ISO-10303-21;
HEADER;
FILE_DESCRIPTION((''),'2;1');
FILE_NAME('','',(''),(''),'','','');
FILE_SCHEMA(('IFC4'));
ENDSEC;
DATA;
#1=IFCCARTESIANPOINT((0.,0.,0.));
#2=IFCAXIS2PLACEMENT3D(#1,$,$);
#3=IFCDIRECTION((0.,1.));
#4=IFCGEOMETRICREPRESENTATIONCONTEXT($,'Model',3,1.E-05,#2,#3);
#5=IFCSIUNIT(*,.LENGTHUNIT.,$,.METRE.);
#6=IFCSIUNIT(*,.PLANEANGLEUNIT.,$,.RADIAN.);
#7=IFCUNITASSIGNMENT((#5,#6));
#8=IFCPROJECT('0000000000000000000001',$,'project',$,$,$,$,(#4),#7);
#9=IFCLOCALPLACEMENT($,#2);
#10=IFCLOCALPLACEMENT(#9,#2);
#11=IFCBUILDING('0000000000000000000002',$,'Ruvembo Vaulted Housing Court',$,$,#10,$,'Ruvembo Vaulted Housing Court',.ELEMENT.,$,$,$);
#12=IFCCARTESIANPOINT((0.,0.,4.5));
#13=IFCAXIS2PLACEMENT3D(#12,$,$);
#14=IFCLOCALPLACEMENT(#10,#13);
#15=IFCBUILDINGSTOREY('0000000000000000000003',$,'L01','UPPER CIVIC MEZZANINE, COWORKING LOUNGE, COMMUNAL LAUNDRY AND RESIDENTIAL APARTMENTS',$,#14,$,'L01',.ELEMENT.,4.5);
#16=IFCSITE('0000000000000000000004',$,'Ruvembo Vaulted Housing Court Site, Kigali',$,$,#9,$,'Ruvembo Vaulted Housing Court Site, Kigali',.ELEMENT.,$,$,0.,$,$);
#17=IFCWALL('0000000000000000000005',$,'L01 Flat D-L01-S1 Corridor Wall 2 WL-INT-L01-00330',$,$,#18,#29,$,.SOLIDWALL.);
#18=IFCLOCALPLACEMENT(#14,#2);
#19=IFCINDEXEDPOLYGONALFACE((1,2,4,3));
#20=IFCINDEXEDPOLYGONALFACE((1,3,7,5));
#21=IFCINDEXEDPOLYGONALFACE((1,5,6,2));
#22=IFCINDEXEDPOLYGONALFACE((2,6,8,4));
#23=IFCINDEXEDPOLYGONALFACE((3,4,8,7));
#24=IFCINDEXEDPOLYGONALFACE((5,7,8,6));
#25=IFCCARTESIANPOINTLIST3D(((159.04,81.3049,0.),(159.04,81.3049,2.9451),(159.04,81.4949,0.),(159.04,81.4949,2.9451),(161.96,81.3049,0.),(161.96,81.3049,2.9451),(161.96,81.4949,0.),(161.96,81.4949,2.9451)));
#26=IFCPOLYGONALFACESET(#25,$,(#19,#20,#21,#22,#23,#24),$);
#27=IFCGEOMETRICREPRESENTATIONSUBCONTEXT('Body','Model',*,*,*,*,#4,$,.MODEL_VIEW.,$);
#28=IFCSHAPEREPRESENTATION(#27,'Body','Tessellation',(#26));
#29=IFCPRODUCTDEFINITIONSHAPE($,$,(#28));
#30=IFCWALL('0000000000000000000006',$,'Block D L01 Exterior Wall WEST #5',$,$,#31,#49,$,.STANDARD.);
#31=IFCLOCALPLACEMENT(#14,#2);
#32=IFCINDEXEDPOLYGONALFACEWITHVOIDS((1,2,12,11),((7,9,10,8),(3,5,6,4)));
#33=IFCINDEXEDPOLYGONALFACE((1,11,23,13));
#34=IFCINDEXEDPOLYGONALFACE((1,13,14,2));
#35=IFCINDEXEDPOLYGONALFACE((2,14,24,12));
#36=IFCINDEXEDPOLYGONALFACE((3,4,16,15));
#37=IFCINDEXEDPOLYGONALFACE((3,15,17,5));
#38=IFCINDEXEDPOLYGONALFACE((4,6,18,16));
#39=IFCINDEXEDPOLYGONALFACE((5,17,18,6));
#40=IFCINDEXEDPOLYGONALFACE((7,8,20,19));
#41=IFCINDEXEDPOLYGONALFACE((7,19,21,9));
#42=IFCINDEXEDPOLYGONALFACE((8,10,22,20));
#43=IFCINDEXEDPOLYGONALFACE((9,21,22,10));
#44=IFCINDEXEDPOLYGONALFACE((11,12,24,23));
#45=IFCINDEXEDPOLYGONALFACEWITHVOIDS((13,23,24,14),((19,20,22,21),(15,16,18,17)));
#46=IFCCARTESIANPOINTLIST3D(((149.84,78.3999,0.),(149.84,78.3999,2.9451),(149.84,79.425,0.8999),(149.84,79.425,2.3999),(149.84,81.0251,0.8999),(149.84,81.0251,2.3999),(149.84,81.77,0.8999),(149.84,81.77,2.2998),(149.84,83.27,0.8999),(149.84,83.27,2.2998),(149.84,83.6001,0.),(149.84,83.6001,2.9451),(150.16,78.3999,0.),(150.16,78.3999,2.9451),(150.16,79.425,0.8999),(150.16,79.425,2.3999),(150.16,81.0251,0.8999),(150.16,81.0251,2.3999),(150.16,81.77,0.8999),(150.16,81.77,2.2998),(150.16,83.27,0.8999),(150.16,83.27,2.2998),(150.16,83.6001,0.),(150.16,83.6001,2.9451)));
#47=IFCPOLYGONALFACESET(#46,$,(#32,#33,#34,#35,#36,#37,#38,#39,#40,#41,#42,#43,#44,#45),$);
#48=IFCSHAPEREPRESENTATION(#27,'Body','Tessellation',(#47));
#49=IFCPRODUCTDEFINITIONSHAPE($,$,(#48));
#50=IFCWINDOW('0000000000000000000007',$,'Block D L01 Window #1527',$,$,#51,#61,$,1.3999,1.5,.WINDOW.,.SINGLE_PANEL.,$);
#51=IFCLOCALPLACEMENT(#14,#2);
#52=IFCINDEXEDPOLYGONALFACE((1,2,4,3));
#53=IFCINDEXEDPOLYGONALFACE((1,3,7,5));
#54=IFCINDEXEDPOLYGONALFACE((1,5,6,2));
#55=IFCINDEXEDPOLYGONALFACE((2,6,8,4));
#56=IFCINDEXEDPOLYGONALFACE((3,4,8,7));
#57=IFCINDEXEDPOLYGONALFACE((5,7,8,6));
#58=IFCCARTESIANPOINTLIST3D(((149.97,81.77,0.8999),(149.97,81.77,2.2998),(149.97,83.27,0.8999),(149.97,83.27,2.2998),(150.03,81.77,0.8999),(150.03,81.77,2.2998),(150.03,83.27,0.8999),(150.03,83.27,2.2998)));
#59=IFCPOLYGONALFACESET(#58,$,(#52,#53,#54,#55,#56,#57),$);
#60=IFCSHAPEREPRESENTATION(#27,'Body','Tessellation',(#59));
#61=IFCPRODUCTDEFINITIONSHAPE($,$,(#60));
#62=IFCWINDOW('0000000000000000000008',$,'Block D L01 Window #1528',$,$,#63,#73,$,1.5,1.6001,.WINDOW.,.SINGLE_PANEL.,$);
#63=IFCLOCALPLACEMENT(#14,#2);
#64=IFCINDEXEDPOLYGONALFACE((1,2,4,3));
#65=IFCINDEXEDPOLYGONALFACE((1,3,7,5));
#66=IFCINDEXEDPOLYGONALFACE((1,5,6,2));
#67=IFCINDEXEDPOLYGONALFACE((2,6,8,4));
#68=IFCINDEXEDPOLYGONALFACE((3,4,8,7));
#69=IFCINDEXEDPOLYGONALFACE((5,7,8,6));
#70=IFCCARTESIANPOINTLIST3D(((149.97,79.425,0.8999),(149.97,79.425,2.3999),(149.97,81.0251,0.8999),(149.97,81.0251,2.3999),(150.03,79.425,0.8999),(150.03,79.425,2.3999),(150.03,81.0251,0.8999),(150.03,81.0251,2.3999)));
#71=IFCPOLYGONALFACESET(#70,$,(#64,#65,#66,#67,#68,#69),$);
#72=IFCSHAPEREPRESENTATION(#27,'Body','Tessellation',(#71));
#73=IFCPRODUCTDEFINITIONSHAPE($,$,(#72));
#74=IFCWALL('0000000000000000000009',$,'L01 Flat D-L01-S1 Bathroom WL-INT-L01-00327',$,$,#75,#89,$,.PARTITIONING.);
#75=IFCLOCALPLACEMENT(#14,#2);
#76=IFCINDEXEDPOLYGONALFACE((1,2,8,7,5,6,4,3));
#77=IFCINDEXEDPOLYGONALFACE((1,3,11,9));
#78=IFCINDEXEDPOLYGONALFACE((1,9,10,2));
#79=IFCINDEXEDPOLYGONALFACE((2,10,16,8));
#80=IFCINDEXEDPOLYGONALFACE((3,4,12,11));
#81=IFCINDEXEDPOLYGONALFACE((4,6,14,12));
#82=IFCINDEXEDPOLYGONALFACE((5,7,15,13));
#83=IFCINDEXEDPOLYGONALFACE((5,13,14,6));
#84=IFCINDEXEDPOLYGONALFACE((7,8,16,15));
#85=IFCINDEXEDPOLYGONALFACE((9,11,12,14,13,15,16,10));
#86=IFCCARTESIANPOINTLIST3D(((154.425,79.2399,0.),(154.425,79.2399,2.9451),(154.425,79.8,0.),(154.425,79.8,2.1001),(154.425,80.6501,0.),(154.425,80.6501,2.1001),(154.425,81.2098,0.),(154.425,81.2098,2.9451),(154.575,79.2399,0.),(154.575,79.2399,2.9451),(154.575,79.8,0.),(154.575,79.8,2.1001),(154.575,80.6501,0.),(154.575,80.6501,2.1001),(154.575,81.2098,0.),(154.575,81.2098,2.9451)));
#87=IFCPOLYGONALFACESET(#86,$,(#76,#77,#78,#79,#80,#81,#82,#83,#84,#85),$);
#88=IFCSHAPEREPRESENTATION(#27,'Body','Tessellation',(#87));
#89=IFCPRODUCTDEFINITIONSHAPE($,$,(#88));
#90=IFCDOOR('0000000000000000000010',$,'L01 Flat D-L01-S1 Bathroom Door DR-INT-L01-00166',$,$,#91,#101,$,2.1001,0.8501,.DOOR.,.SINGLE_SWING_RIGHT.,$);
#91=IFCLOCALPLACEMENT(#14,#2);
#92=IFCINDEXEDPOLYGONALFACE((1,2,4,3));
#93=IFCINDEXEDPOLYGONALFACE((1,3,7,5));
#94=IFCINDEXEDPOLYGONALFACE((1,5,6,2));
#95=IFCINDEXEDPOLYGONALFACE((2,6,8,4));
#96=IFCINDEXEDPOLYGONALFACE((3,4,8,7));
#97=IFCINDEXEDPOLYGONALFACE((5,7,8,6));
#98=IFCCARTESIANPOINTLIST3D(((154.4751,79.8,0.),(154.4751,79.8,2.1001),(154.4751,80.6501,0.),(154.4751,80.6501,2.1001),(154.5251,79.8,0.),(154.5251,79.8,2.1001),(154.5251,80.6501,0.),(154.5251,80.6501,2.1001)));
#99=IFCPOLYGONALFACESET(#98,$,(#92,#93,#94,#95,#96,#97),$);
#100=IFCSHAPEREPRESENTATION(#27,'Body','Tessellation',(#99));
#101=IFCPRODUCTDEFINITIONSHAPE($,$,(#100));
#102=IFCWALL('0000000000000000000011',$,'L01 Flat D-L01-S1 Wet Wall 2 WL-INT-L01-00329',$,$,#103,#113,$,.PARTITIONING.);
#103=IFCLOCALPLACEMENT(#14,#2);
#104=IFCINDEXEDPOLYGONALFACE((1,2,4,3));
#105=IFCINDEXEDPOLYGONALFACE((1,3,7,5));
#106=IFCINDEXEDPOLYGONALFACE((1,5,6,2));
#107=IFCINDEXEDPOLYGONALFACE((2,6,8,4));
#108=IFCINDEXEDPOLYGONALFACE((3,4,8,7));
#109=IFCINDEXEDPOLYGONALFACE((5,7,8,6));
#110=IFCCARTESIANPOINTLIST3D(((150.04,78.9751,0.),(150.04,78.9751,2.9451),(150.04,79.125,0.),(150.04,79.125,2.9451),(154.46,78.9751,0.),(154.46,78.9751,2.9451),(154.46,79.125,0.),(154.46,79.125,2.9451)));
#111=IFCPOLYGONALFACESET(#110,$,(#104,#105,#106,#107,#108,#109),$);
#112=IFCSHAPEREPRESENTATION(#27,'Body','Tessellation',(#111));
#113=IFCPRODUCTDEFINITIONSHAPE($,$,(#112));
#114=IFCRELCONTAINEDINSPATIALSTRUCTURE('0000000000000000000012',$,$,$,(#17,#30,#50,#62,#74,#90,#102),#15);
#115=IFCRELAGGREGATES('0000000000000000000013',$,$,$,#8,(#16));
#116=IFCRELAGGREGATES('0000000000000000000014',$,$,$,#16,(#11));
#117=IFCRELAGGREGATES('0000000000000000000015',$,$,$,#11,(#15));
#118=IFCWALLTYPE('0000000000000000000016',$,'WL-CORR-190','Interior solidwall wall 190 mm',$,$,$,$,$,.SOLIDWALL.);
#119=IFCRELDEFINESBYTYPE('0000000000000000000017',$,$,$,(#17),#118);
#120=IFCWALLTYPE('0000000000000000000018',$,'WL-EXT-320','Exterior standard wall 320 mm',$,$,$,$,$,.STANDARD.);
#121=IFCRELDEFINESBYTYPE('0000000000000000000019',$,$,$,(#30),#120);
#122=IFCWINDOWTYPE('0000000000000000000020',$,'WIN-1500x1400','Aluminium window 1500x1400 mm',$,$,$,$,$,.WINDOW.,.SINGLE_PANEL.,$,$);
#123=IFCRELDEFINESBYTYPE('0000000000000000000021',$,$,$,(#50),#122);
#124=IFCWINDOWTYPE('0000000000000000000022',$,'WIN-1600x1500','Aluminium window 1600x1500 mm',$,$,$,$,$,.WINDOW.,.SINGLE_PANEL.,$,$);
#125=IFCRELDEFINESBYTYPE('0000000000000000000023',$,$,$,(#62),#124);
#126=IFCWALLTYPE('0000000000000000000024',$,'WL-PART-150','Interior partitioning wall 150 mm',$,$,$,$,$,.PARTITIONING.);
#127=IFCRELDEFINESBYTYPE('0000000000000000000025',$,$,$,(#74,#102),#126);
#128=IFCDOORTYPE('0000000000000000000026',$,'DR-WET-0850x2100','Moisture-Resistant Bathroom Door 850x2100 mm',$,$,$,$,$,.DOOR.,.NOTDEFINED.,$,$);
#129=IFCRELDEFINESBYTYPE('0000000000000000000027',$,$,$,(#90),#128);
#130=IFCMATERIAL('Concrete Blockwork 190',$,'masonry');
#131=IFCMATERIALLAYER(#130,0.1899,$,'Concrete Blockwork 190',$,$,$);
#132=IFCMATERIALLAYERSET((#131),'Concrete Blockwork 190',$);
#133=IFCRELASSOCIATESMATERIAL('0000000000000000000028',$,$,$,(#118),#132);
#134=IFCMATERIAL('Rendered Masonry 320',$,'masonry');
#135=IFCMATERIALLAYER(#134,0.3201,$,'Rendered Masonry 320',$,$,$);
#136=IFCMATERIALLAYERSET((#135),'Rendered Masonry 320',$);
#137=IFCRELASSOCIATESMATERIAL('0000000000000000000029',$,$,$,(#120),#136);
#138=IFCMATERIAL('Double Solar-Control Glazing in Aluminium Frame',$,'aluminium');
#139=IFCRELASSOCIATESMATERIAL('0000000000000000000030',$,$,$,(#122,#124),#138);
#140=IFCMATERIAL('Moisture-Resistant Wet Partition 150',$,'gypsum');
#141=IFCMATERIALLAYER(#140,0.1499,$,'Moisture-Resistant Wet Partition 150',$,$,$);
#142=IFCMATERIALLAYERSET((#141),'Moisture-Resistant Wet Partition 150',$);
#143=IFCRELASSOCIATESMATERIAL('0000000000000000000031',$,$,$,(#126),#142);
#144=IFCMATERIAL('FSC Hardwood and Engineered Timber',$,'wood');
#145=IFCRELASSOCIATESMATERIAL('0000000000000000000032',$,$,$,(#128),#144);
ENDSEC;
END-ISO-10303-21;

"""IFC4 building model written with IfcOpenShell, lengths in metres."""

from ifc_helpers import new_model, si_unit, direction, frame, frame_2d, origin, place, context, subcontext, project, spatial, rectangle, extrude, material, layer, layer_set, type_object, element, fill, save


model = new_model("IFC4")

# Units and contexts
model_context = context("Model", 3, precision=1e-05, world=origin(), true_north=direction((0.0, 1.0)))
body_context = subcontext(model_context, "Body", "Model", "MODEL_VIEW")
ifc_project = project(units=[si_unit("LENGTHUNIT", "METRE"), si_unit("PLANEANGLEUNIT", "RADIAN")], contexts=[model_context])

# Site, building, storey
site_placement = place(None, origin())
site = spatial("IfcSite", under=ifc_project, at=site_placement, Name="Ruvembo Vaulted Housing Court Site, Kigali", LongName="Ruvembo Vaulted Housing Court Site, Kigali", CompositionType="ELEMENT", RefElevation=0.0)
building_placement = place(site_placement, origin())
building = spatial("IfcBuilding", under=site, at=building_placement, Name="Ruvembo Vaulted Housing Court", LongName="Ruvembo Vaulted Housing Court", CompositionType="ELEMENT")
storey_placement = place(building_placement, frame((0.0, 0.0, 4.5)))
storey = spatial("IfcBuildingStorey", under=building, at=storey_placement, Name="L01", Description="UPPER CIVIC MEZZANINE, COWORKING LOUNGE, COMMUNAL LAUNDRY AND RESIDENTIAL APARTMENTS", LongName="L01", CompositionType="ELEMENT", Elevation=4.5)

# Shared definitions
ifc_material_1 = material(Name="Concrete Blockwork 190", Category="masonry")
ifc_layer_1 = layer(ifc_material_1, 0.1899, Name="Concrete Blockwork 190")
ifc_layer_set_1 = layer_set([ifc_layer_1], Name="Concrete Blockwork 190")
wall_type_1 = type_object("IfcWallType", Name="WL-CORR-190", Description="Interior solidwall wall 190 mm", PredefinedType="SOLIDWALL", material=ifc_layer_set_1)

# Shared definitions
ifc_material_2 = material(Name="FSC Hardwood and Engineered Timber", Category="wood")

# Wall
wall_1_placement = place(storey_placement, frame((159.04, 81.3999, 0.0), z_axis=(0.0, 0.0, 1.0), x_axis=(1.0, 0.0, 0.0)))
element("IfcWall", 1, at=wall_1_placement, inside=storey, type_object=wall_type_1, Name="L01 Flat D-L01-S1 Corridor Wall 2 WL-INT-L01-00330", PredefinedType="SOLIDWALL", context=body_context, shape_type="SweptSolid", body=[
    extrude(rectangle(XDim=2.9199, YDim=0.1899, at=frame_2d((1.46, 0.0))), origin(), (0.0, 0.0, 1.0), 2.9451),
])

# Wall, openings, windows
ifc_material_3 = material(Name="Rendered Masonry 320", Category="masonry")
ifc_layer_2 = layer(ifc_material_3, 0.3201, Name="Rendered Masonry 320")
ifc_layer_set_2 = layer_set([ifc_layer_2], Name="Rendered Masonry 320")
wall_type_2 = type_object("IfcWallType", Name="WL-EXT-320", Description="Exterior standard wall 320 mm", PredefinedType="STANDARD", material=ifc_layer_set_2)
wall_2_placement = place(storey_placement, frame((150.0, 83.6001, 0.0), z_axis=(0.0, 0.0, 1.0), x_axis=(0.0, -1.0, 0.0)))
wall_2 = element("IfcWall", 2, at=wall_2_placement, inside=storey, type_object=wall_type_2, Name="Block D L01 Exterior Wall WEST #5", PredefinedType="STANDARD", context=body_context, shape_type="SweptSolid", body=[
    extrude(rectangle(XDim=5.2002, YDim=0.3201, at=frame_2d((2.6001, 0.0))), origin(), (0.0, 0.0, 1.0), 2.9451),
])
opening_1_placement = place(wall_2_placement, frame((0.3301, 0.0, 0.8999)))
opening_1 = element("IfcOpeningElement", 3, at=opening_1_placement, cuts=wall_2, PredefinedType="OPENING", context=body_context, shape_type="SweptSolid", body=[
    extrude(rectangle(XDim=1.5, YDim=1.3999, at=frame_2d((0.75, 0.7))), frame((0.0, 0.1699, 0.0), z_axis=(0.0, -1.0, 0.0), x_axis=(1.0, 0.0, 0.0)), (0.0, 0.0, 1.0), 0.3401),
])
opening_2_placement = place(wall_2_placement, frame((2.575, 0.0, 0.8999)))
opening_2 = element("IfcOpeningElement", 4, at=opening_2_placement, cuts=wall_2, PredefinedType="OPENING", context=body_context, shape_type="SweptSolid", body=[
    extrude(rectangle(XDim=1.6001, YDim=1.5, at=frame_2d((0.8, 0.75))), frame((0.0, 0.1699, 0.0), z_axis=(0.0, -1.0, 0.0), x_axis=(1.0, 0.0, 0.0)), (0.0, 0.0, 1.0), 0.3401),
])
ifc_material_4 = material(Name="Double Solar-Control Glazing in Aluminium Frame", Category="aluminium")
window_type_1 = type_object("IfcWindowType", Name="WIN-1500x1400", Description="Aluminium window 1500x1400 mm", PartitioningType="SINGLE_PANEL", PredefinedType="WINDOW", material=ifc_material_4)
window_1_placement = place(opening_1_placement, origin())
window_1 = element("IfcWindow", 5, at=window_1_placement, inside=storey, type_object=window_type_1, Name="Block D L01 Window #1527", OverallHeight=1.3999, OverallWidth=1.5, PartitioningType="SINGLE_PANEL", PredefinedType="WINDOW", context=body_context, shape_type="SweptSolid", body=[
    extrude(rectangle(XDim=1.5, YDim=1.3999, at=frame_2d((0.75, 0.7))), frame((0.0, 0.03, 0.0), z_axis=(0.0, -1.0, 0.0), x_axis=(1.0, 0.0, 0.0)), (0.0, 0.0, 1.0), 0.0601),
])
fill(opening_1, window_1)
window_type_2 = type_object("IfcWindowType", Name="WIN-1600x1500", Description="Aluminium window 1600x1500 mm", PartitioningType="SINGLE_PANEL", PredefinedType="WINDOW", material=ifc_material_4)
window_2_placement = place(opening_2_placement, origin())
window_2 = element("IfcWindow", 6, at=window_2_placement, inside=storey, type_object=window_type_2, Name="Block D L01 Window #1528", OverallHeight=1.5, OverallWidth=1.6001, PartitioningType="SINGLE_PANEL", PredefinedType="WINDOW", context=body_context, shape_type="SweptSolid", body=[
    extrude(rectangle(XDim=1.6001, YDim=1.5, at=frame_2d((0.8, 0.75))), frame((0.0, 0.03, 0.0), z_axis=(0.0, -1.0, 0.0), x_axis=(1.0, 0.0, 0.0)), (0.0, 0.0, 1.0), 0.0601),
])
fill(opening_2, window_2)

# Wall, opening, door
ifc_material_5 = material(Name="Moisture-Resistant Wet Partition 150", Category="gypsum")
ifc_layer_3 = layer(ifc_material_5, 0.1499, Name="Moisture-Resistant Wet Partition 150")
ifc_layer_set_3 = layer_set([ifc_layer_3], Name="Moisture-Resistant Wet Partition 150")
wall_type_3 = type_object("IfcWallType", Name="WL-PART-150", Description="Interior partitioning wall 150 mm", PredefinedType="PARTITIONING", material=ifc_layer_set_3)
wall_3_placement = place(storey_placement, frame((154.5, 79.24, 0.0), z_axis=(0.0, 0.0, 1.0), x_axis=(0.0, 1.0, 0.0)))
wall_3 = element("IfcWall", 7, at=wall_3_placement, inside=storey, type_object=wall_type_3, Name="L01 Flat D-L01-S1 Bathroom WL-INT-L01-00327", PredefinedType="PARTITIONING", context=body_context, shape_type="SweptSolid", body=[
    extrude(rectangle(XDim=1.97, YDim=0.1499, at=frame_2d((0.9849, 0.0))), origin(), (0.0, 0.0, 1.0), 2.9451),
])
opening_3_placement = place(wall_3_placement, frame((0.5601, 0.0, 0.0)))
opening_3 = element("IfcOpeningElement", 8, at=opening_3_placement, cuts=wall_3, PredefinedType="OPENING", context=body_context, shape_type="SweptSolid", body=[
    extrude(rectangle(XDim=0.8501, YDim=2.1001, at=frame_2d((0.425, 1.05))), frame((0.0, 0.085, 0.0), z_axis=(0.0, -1.0, 0.0), x_axis=(1.0, 0.0, 0.0)), (0.0, 0.0, 1.0), 0.1699),
])
door_type_1 = type_object("IfcDoorType", Name="DR-WET-0850x2100", Description="Moisture-Resistant Bathroom Door 850x2100 mm", OperationType="NOTDEFINED", PredefinedType="DOOR", material=ifc_material_2)
door_1_placement = place(opening_3_placement, origin())
door_1 = element("IfcDoor", 9, at=door_1_placement, inside=storey, type_object=door_type_1, Name="L01 Flat D-L01-S1 Bathroom Door DR-INT-L01-00166", OperationType="SINGLE_SWING_RIGHT", OverallHeight=2.1001, OverallWidth=0.8501, PredefinedType="DOOR", context=body_context, shape_type="SweptSolid", body=[
    extrude(rectangle(XDim=0.8501, YDim=2.1001, at=frame_2d((0.425, 1.05))), frame((0.0, 0.0249, 0.0), z_axis=(0.0, -1.0, 0.0), x_axis=(1.0, 0.0, 0.0)), (0.0, 0.0, 1.0), 0.05),
])
fill(opening_3, door_1)

# Wall
wall_4_placement = place(storey_placement, frame((150.04, 79.05, 0.0), z_axis=(0.0, 0.0, 1.0), x_axis=(1.0, 0.0, 0.0)))
element("IfcWall", 10, at=wall_4_placement, inside=storey, type_object=wall_type_3, Name="L01 Flat D-L01-S1 Wet Wall 2 WL-INT-L01-00329", PredefinedType="PARTITIONING", context=body_context, shape_type="SweptSolid", body=[
    extrude(rectangle(XDim=4.4199, YDim=0.1499, at=frame_2d((2.21, 0.0))), origin(), (0.0, 0.0, 1.0), 2.9451),
])

save(model, "model.ifc")
